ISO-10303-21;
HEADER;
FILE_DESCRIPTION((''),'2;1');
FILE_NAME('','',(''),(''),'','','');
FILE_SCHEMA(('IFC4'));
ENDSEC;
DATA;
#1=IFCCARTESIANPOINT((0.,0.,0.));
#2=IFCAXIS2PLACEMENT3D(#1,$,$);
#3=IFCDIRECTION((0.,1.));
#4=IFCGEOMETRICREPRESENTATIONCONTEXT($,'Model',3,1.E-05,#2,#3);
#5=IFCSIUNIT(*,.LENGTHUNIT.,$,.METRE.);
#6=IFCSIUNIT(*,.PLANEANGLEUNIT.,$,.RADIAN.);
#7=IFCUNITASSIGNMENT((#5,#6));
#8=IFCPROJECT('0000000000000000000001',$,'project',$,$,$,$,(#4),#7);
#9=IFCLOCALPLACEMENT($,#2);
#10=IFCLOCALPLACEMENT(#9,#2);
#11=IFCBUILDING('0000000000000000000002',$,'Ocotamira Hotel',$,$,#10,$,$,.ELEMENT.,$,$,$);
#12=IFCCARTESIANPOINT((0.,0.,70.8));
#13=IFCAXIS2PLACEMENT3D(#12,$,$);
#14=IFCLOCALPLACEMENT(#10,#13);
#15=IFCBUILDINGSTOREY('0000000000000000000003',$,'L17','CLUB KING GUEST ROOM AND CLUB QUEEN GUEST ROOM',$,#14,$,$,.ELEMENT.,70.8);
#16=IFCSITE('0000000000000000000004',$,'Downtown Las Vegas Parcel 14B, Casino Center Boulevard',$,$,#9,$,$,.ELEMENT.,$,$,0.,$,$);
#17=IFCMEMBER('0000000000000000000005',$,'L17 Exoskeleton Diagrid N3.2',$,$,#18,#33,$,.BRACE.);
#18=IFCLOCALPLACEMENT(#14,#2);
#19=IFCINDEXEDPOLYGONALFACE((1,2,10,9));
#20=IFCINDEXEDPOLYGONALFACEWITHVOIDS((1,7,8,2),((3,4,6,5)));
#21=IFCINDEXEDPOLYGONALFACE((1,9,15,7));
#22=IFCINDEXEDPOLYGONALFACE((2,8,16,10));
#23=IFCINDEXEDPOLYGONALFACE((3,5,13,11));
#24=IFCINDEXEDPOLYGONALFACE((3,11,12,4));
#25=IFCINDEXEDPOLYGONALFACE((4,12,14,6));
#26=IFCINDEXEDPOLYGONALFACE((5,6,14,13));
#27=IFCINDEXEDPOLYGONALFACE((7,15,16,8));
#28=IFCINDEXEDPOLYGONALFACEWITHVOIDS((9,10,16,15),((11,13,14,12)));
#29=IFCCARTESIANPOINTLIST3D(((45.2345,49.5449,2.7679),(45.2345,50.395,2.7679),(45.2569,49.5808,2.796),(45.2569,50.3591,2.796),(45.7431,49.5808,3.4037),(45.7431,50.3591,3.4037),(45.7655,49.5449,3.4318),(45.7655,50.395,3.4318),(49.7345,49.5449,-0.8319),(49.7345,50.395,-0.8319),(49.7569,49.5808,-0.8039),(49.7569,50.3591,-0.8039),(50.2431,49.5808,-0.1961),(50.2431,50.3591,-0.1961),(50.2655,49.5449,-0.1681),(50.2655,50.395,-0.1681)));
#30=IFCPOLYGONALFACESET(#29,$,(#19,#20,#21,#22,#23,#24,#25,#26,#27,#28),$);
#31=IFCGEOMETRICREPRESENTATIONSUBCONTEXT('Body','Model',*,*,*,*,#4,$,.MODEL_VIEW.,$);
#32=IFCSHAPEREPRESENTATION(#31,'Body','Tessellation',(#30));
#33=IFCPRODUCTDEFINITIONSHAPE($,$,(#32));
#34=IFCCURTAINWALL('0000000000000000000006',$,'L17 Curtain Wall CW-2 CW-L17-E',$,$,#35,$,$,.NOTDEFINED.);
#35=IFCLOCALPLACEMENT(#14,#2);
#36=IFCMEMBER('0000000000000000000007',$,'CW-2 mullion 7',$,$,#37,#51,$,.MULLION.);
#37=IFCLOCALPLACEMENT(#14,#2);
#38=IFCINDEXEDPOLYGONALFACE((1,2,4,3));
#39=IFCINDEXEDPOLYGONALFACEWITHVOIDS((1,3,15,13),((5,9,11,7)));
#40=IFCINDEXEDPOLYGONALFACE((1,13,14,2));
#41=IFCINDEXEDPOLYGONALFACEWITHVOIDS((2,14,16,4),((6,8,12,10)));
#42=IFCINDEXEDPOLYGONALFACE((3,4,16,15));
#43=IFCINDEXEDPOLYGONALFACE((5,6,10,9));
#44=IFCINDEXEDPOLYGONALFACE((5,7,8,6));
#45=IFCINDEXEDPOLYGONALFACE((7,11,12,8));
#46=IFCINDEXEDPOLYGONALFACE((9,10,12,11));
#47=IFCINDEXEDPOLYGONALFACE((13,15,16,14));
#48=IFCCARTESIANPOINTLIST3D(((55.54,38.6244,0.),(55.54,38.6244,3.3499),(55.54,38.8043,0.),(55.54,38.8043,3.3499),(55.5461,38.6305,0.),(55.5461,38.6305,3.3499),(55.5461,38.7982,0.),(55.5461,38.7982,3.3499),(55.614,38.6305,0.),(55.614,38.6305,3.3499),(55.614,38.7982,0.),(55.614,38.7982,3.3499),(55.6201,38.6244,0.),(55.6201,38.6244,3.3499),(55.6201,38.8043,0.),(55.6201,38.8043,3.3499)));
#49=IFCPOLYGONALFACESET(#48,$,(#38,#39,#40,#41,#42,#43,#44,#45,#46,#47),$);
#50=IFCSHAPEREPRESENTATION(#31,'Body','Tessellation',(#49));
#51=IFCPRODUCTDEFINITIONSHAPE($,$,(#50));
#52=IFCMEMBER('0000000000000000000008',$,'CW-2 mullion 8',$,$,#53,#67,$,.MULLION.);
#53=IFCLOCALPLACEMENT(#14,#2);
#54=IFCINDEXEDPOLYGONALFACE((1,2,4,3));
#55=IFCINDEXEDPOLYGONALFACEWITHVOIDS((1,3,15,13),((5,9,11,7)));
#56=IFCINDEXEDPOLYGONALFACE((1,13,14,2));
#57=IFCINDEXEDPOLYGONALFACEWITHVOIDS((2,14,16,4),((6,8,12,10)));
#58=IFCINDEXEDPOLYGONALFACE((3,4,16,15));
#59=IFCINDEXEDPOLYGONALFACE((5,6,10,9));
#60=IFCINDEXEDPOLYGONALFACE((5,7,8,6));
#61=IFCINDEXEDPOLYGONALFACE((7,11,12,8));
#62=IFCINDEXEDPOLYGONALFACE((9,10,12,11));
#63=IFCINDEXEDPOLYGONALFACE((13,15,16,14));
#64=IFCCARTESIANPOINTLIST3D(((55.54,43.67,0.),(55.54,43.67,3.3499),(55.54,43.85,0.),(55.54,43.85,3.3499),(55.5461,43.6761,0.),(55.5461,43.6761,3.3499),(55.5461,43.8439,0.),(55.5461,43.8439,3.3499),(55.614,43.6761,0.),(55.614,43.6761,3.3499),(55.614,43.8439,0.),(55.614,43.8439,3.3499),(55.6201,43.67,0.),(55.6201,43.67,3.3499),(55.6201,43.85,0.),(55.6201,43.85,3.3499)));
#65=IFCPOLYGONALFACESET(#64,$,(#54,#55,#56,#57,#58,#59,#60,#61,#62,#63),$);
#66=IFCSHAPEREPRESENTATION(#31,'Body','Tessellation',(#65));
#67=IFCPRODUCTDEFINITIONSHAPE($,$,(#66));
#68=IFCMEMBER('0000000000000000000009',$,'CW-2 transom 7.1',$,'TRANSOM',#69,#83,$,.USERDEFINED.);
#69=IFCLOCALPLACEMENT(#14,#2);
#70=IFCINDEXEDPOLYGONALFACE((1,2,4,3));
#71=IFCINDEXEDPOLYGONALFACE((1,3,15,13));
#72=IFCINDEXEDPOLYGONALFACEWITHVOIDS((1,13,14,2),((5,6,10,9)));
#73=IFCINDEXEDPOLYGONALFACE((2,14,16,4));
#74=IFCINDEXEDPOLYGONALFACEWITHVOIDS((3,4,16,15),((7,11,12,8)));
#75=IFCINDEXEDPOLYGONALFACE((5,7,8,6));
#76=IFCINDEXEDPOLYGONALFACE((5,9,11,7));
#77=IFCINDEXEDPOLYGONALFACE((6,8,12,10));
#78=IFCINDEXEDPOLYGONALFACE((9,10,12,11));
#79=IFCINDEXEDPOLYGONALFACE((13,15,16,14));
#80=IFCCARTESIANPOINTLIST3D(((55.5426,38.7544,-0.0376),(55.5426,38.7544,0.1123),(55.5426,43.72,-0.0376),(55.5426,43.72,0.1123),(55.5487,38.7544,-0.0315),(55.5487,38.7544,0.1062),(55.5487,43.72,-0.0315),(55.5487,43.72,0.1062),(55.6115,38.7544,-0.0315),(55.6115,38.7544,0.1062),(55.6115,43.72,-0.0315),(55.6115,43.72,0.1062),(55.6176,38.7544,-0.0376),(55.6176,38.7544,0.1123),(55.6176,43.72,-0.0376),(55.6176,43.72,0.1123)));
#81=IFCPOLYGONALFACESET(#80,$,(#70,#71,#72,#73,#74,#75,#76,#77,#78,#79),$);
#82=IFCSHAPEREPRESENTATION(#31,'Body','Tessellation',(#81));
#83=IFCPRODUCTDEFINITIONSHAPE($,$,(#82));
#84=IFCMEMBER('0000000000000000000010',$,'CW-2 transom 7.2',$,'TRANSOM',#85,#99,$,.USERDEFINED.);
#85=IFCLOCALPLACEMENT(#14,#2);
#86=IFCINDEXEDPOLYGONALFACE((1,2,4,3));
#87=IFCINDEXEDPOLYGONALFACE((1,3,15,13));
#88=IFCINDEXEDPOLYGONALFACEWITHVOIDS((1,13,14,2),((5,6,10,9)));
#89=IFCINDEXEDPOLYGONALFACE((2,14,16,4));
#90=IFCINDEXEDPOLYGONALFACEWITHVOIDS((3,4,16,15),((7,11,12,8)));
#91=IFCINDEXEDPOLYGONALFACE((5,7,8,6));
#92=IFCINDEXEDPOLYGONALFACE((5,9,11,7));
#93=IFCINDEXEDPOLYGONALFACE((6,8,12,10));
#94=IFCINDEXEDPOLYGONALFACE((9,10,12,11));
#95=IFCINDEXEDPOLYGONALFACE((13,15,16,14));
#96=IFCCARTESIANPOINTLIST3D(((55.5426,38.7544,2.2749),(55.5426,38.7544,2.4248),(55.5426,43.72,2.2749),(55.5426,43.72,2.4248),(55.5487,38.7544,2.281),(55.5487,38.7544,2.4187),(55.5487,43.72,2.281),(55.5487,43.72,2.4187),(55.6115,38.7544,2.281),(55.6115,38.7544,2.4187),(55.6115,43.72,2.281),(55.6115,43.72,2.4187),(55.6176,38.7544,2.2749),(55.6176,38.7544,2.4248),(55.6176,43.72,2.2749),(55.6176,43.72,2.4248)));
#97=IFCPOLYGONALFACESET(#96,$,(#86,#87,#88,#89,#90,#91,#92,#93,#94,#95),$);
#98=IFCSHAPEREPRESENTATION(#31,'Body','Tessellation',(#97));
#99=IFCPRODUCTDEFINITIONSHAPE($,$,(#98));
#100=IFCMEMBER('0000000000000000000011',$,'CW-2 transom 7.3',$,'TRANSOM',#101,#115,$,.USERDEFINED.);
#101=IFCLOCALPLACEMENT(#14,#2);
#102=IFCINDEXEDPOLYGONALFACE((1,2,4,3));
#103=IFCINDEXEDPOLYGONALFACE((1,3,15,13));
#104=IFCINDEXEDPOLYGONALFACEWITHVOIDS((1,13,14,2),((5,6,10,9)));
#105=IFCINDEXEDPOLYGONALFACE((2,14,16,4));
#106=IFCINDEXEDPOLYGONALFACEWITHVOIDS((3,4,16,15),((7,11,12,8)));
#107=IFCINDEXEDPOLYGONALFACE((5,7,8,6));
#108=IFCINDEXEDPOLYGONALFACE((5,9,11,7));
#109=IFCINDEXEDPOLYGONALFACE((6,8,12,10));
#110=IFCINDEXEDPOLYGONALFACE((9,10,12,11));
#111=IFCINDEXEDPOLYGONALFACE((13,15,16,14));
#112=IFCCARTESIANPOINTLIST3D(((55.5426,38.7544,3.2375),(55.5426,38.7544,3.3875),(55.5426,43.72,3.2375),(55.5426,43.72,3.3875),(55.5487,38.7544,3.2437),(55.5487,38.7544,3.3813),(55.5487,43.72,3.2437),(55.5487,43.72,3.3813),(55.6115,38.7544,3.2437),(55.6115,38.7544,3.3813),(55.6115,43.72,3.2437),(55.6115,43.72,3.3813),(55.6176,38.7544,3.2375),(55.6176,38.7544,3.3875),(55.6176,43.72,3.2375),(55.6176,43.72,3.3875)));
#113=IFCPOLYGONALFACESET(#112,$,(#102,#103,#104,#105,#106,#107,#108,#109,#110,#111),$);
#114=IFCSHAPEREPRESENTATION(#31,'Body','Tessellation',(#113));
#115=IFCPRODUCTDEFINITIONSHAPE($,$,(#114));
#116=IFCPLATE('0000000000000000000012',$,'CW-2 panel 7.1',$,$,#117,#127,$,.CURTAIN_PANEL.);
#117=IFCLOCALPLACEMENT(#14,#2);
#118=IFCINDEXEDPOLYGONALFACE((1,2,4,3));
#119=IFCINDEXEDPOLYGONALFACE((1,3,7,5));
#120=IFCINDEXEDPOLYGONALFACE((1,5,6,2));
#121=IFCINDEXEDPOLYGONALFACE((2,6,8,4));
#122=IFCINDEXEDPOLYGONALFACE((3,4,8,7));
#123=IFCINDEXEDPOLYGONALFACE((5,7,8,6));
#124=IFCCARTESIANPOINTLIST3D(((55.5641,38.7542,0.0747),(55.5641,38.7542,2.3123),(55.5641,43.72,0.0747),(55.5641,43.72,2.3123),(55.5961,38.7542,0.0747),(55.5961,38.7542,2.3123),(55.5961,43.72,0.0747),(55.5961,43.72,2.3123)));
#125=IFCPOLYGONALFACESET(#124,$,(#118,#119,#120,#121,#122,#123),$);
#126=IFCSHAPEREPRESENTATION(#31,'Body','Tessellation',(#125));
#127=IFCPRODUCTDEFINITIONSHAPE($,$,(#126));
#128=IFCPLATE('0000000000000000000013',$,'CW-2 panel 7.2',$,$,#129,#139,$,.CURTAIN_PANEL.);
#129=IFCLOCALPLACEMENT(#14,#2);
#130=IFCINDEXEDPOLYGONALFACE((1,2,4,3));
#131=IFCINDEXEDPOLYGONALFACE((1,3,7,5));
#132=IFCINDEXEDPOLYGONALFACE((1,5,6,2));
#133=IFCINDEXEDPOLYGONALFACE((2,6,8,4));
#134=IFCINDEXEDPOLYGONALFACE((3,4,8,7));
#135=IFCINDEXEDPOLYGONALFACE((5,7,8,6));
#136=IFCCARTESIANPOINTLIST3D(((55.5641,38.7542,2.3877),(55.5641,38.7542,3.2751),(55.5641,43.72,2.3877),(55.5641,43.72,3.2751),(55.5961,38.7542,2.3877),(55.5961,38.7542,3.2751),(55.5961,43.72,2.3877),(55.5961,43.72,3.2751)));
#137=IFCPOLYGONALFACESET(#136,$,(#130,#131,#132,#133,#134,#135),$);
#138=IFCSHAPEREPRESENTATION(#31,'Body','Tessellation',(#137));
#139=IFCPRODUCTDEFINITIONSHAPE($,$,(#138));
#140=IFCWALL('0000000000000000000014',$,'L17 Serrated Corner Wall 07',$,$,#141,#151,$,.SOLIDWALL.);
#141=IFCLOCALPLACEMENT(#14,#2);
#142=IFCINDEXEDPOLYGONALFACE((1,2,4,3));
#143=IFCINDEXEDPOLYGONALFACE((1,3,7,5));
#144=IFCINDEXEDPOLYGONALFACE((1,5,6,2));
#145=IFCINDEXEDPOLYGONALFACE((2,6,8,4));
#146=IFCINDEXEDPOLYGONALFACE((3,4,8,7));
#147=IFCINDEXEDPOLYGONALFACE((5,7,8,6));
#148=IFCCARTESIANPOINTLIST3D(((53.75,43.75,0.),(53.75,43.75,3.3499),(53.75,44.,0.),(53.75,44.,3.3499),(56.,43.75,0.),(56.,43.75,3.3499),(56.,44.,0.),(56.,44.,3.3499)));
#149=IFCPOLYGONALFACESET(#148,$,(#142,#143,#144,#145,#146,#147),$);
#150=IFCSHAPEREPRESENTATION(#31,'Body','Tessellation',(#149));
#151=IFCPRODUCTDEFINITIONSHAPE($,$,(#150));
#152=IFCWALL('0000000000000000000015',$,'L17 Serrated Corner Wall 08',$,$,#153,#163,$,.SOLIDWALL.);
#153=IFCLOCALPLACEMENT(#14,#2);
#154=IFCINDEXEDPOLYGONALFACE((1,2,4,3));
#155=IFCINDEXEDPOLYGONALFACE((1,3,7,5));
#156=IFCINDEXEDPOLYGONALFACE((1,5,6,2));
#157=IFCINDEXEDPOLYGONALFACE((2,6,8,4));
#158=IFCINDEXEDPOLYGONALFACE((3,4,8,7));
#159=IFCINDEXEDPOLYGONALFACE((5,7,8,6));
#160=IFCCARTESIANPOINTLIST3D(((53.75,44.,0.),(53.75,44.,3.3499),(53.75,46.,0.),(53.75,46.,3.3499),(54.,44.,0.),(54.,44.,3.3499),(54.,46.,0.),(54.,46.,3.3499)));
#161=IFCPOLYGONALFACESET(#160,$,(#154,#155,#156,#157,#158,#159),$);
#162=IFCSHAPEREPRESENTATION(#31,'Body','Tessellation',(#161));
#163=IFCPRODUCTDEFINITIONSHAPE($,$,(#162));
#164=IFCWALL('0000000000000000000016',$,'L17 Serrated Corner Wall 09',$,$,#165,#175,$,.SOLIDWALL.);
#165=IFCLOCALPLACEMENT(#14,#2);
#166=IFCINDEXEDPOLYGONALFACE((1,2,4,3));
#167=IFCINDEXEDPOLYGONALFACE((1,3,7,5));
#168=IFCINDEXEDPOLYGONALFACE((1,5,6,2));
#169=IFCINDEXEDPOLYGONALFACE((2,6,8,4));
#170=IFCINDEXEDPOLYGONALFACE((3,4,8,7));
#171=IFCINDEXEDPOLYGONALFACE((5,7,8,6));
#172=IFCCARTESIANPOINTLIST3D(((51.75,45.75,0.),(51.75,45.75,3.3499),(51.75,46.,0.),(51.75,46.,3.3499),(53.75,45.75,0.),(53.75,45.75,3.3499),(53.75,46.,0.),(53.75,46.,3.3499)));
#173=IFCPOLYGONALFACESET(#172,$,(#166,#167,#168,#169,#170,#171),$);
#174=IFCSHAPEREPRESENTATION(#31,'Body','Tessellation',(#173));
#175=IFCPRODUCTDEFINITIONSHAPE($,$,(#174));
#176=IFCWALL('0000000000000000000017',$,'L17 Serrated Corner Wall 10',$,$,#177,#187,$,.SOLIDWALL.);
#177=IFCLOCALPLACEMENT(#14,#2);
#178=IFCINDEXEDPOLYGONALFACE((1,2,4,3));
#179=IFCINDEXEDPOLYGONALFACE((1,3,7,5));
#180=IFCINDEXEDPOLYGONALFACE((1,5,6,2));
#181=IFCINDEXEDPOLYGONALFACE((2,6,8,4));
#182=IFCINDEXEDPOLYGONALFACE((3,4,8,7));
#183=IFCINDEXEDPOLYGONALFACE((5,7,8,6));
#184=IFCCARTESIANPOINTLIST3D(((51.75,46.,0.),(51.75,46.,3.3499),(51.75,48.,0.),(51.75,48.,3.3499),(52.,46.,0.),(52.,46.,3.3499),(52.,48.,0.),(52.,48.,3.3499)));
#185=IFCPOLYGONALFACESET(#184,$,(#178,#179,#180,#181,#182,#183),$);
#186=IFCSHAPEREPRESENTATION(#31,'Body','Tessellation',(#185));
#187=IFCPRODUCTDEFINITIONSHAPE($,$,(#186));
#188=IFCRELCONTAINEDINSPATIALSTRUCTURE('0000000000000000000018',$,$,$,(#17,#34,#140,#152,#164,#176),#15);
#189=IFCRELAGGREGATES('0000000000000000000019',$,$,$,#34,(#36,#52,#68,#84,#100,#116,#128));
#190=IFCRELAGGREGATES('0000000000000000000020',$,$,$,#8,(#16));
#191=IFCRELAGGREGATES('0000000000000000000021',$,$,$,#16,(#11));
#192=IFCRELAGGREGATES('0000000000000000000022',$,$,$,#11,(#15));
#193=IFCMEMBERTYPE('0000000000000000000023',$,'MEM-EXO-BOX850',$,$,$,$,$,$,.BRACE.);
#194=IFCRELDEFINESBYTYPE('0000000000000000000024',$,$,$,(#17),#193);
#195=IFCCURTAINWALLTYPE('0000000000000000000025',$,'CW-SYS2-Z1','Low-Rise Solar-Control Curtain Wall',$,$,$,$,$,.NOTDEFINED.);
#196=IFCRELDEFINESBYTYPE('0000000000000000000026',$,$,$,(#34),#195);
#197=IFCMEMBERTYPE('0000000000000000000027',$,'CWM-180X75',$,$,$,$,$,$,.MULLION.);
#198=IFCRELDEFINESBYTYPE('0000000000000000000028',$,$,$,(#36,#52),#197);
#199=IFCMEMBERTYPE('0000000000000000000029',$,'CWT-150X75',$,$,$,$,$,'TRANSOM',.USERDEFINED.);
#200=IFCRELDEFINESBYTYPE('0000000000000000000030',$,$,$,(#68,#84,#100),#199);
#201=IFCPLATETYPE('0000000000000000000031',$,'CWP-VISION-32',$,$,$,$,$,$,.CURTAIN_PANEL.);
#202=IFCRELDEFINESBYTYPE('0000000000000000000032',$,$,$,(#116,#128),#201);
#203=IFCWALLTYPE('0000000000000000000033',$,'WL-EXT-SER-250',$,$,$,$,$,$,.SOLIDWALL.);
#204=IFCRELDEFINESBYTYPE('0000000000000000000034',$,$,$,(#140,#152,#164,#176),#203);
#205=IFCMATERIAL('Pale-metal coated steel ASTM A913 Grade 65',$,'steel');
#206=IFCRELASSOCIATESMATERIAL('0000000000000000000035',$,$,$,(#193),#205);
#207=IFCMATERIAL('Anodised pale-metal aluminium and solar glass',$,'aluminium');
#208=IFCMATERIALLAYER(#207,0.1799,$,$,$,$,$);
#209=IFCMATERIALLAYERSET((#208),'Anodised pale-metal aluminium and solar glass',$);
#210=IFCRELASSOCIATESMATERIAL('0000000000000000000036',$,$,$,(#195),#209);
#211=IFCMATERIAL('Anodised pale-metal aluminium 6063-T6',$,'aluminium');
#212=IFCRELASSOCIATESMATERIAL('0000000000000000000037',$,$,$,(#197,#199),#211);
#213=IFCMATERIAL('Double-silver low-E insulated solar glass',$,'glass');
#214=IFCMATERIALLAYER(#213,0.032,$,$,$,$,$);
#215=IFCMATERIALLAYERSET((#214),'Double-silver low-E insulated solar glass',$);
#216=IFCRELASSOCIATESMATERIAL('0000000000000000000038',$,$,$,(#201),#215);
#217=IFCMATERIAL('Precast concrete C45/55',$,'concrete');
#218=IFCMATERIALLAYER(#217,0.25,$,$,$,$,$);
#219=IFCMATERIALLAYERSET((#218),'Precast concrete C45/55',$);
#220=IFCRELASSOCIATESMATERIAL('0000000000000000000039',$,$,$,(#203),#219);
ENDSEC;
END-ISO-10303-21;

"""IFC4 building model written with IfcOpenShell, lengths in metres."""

from ifc_helpers import new_model, si_unit, direction, frame, frame_2d, origin, origin_2d, place, context, subcontext, project, spatial, rectangle, hollow_rectangle, extrude, source, transform, mapped, material, layer, layer_set, material_profile, profile_set, type_object, element, aggregate, save


model = new_model("IFC4")

# Units and contexts
model_context = context("Model", 3, precision=1e-05, world=origin(), true_north=direction((0.0, 1.0)))
body_context = subcontext(model_context, "Body", "Model", "MODEL_VIEW")
ifc_project = project(units=[si_unit("LENGTHUNIT", "METRE"), si_unit("PLANEANGLEUNIT", "RADIAN")], contexts=[model_context])

# Site, building, storey
site_placement = place(None, origin())
site = spatial("IfcSite", under=ifc_project, at=site_placement, Name="Downtown Las Vegas Parcel 14B, Casino Center Boulevard", CompositionType="ELEMENT", RefElevation=0.0)
building_placement = place(site_placement, origin())
building = spatial("IfcBuilding", under=site, at=building_placement, Name="Ocotamira Hotel", CompositionType="ELEMENT")
storey_placement = place(building_placement, frame((0.0, 0.0, 70.8)))
storey = spatial("IfcBuildingStorey", under=building, at=storey_placement, Name="L17", Description="CLUB KING GUEST ROOM AND CLUB QUEEN GUEST ROOM", CompositionType="ELEMENT", Elevation=70.8)

# Member
ifc_material_1 = material(Name="Pale-metal coated steel ASTM A913 Grade 65", Category="steel")
ifc_material_profile_1 = material_profile(ifc_material_1, hollow_rectangle(XDim=0.8501, YDim=0.8501, WallThickness=0.0359, at=origin_2d()), Name="BOX850X850X36")
ifc_profile_set_1 = profile_set([ifc_material_profile_1], Name="Pale-metal coated steel ASTM A913 Grade 65")
member_type_1 = type_object("IfcMemberType", Name="MEM-EXO-BOX850", PredefinedType="BRACE", material=ifc_profile_set_1)
shared_shape_1 = source(origin(), body_context, "Body", "SweptSolid", [
    extrude(hollow_rectangle(XDim=0.8501, YDim=0.8501, WallThickness=0.0359, at=origin_2d()), origin(), (0.0, 0.0, 1.0), 5.7627),
])
member_1_placement = place(storey_placement, frame((50.0, 49.97, -0.5), z_axis=(-0.780881, 0.0, 0.62468), x_axis=(0.0, -1.0, 0.0)))
element("IfcMember", 1, at=member_1_placement, inside=storey, type_object=member_type_1, Name="L17 Exoskeleton Diagrid N3.2", PredefinedType="BRACE", context=body_context, shape_type="MappedRepresentation", body=[
    mapped(shared_shape_1, transform((0.0, 0.0, 0.0), scale=1.0)),
])

# Curtain wall, members, plates
ifc_material_2 = material(Name="Anodised pale-metal aluminium and solar glass", Category="aluminium")
ifc_layer_1 = layer(ifc_material_2, 0.1799)
ifc_layer_set_1 = layer_set([ifc_layer_1], Name="Anodised pale-metal aluminium and solar glass")
curtain_wall_type = type_object("IfcCurtainWallType", Name="CW-SYS2-Z1", Description="Low-Rise Solar-Control Curtain Wall", PredefinedType="NOTDEFINED", material=ifc_layer_set_1)
curtain_wall_placement = place(storey_placement, origin())
curtain_wall = element("IfcCurtainWall", 2, at=curtain_wall_placement, inside=storey, type_object=curtain_wall_type, Name="L17 Curtain Wall CW-2 CW-L17-E", PredefinedType="NOTDEFINED")
ifc_material_3 = material(Name="Anodised pale-metal aluminium 6063-T6", Category="aluminium")
ifc_material_profile_2 = material_profile(ifc_material_3, hollow_rectangle(XDim=0.0801, YDim=0.1799, WallThickness=0.0061, at=origin_2d()), Name="HSS180X80X6")
ifc_profile_set_2 = profile_set([ifc_material_profile_2], Name="Anodised pale-metal aluminium 6063-T6")
member_type_2 = type_object("IfcMemberType", Name="CWM-180X75", PredefinedType="MULLION", material=ifc_profile_set_2)
shared_shape_2 = source(origin(), body_context, "Body", "SweptSolid", [
    extrude(hollow_rectangle(XDim=0.0801, YDim=0.1799, WallThickness=0.0061, at=origin_2d()), origin(), (0.0, 0.0, 1.0), 3.3499),
])
member_2_placement = place(storey_placement, frame((55.5801, 38.7144, 0.0), z_axis=(0.0, 0.0, 1.0), x_axis=(-1.0, 0.0, 0.0)))
member_2 = element("IfcMember", 3, at=member_2_placement, type_object=member_type_2, Name="CW-2 mullion 7", PredefinedType="MULLION", context=body_context, shape_type="MappedRepresentation", body=[
    mapped(shared_shape_2, transform((0.0, 0.0, 0.0), scale=1.0)),
])
member_3_placement = place(storey_placement, frame((55.5801, 43.76, 0.0), z_axis=(0.0, 0.0, 1.0), x_axis=(-1.0, 0.0, 0.0)))
member_3 = element("IfcMember", 4, at=member_3_placement, type_object=member_type_2, Name="CW-2 mullion 8", PredefinedType="MULLION", context=body_context, shape_type="MappedRepresentation", body=[
    mapped(shared_shape_2, transform((0.0, 0.0, 0.0), scale=1.0)),
])
ifc_material_profile_3 = material_profile(ifc_material_3, hollow_rectangle(XDim=0.075, YDim=0.1499, WallThickness=0.0061, at=origin_2d()), Name="HSS150X75X6")
ifc_profile_set_3 = profile_set([ifc_material_profile_3], Name="Anodised pale-metal aluminium 6063-T6")
member_type_3 = type_object("IfcMemberType", Name="CWT-150X75", ElementType="TRANSOM", PredefinedType="USERDEFINED", material=ifc_profile_set_3)
shared_shape_3 = source(origin(), body_context, "Body", "SweptSolid", [
    extrude(hollow_rectangle(XDim=0.075, YDim=0.1499, WallThickness=0.0061, at=origin_2d()), origin(), (0.0, 0.0, 1.0), 4.9656),
])
member_4_placement = place(storey_placement, frame((55.5801, 38.7544, 0.0374), z_axis=(0.0, 1.0, 0.0), x_axis=(-1.0, 0.0, 0.0)))
member_4 = element("IfcMember", 5, at=member_4_placement, type_object=member_type_3, Name="CW-2 transom 7.1", ObjectType="TRANSOM", PredefinedType="USERDEFINED", context=body_context, shape_type="MappedRepresentation", body=[
    mapped(shared_shape_3, transform((0.0, 0.0, 0.0), scale=1.0)),
])
member_5_placement = place(storey_placement, frame((55.5801, 38.7544, 2.3499), z_axis=(0.0, 1.0, 0.0), x_axis=(-1.0, 0.0, 0.0)))
member_5 = element("IfcMember", 6, at=member_5_placement, type_object=member_type_3, Name="CW-2 transom 7.2", ObjectType="TRANSOM", PredefinedType="USERDEFINED", context=body_context, shape_type="MappedRepresentation", body=[
    mapped(shared_shape_3, transform((0.0, 0.0, 0.0), scale=1.0)),
])
member_6_placement = place(storey_placement, frame((55.5801, 38.7544, 3.3125), z_axis=(0.0, 1.0, 0.0), x_axis=(-1.0, 0.0, 0.0)))
member_6 = element("IfcMember", 7, at=member_6_placement, type_object=member_type_3, Name="CW-2 transom 7.3", ObjectType="TRANSOM", PredefinedType="USERDEFINED", context=body_context, shape_type="MappedRepresentation", body=[
    mapped(shared_shape_3, transform((0.0, 0.0, 0.0), scale=1.0)),
])
ifc_material_4 = material(Name="Double-silver low-E insulated solar glass", Category="glass")
ifc_layer_2 = layer(ifc_material_4, 0.032)
ifc_layer_set_2 = layer_set([ifc_layer_2], Name="Double-silver low-E insulated solar glass")
plate_type = type_object("IfcPlateType", Name="CWP-VISION-32", PredefinedType="CURTAIN_PANEL", material=ifc_layer_set_2)
shared_shape_4 = source(origin(), body_context, "Body", "SweptSolid", [
    extrude(rectangle(XDim=4.9658, YDim=0.032, at=origin_2d()), origin(), (0.0, 0.0, 1.0), 2.2375),
])
plate_1_placement = place(storey_placement, frame((55.5801, 41.2371, 0.0747), z_axis=(0.0, 0.0, 1.0), x_axis=(0.0, 1.0, 0.0)))
plate_1 = element("IfcPlate", 8, at=plate_1_placement, type_object=plate_type, Name="CW-2 panel 7.1", PredefinedType="CURTAIN_PANEL", context=body_context, shape_type="MappedRepresentation", body=[
    mapped(shared_shape_4, transform((0.0, 0.0, 0.0), scale=1.0)),
])
shared_shape_5 = source(origin(), body_context, "Body", "SweptSolid", [
    extrude(rectangle(XDim=4.9658, YDim=0.032, at=origin_2d()), origin(), (0.0, 0.0, 1.0), 0.8875),
])
plate_2_placement = place(storey_placement, frame((55.5801, 41.2371, 2.3877), z_axis=(0.0, 0.0, 1.0), x_axis=(0.0, 1.0, 0.0)))
plate_2 = element("IfcPlate", 9, at=plate_2_placement, type_object=plate_type, Name="CW-2 panel 7.2", PredefinedType="CURTAIN_PANEL", context=body_context, shape_type="MappedRepresentation", body=[
    mapped(shared_shape_5, transform((0.0, 0.0, 0.0), scale=1.0)),
])
aggregate(curtain_wall, [member_2, member_3, member_4, member_5, member_6, plate_1, plate_2])

# Walls
ifc_material_5 = material(Name="Precast concrete C45/55", Category="concrete")
ifc_layer_3 = layer(ifc_material_5, 0.25)
ifc_layer_set_3 = layer_set([ifc_layer_3], Name="Precast concrete C45/55")
wall_type_1 = type_object("IfcWallType", Name="WL-EXT-SER-250", PredefinedType="SOLIDWALL", material=ifc_layer_set_3)
wall_1_placement = place(storey_placement, frame((56.0, 43.875, 0.0), z_axis=(0.0, 0.0, 1.0), x_axis=(-1.0, 0.0, 0.0)))
element("IfcWall", 10, at=wall_1_placement, inside=storey, type_object=wall_type_1, Name="L17 Serrated Corner Wall 07", PredefinedType="SOLIDWALL", context=body_context, shape_type="SweptSolid", body=[
    extrude(rectangle(XDim=2.25, YDim=0.25, at=frame_2d((1.125, 0.0))), origin(), (0.0, 0.0, 1.0), 3.3499),
])
for number, where, z_axis, x_axis, name in (
    (11, (53.875, 44.0, 0.0), (0.0, 0.0, 1.0), (0.0, 1.0, 0.0), "L17 Serrated Corner Wall 08"),
    (12, (53.75, 45.875, 0.0), (0.0, 0.0, 1.0), (-1.0, 0.0, 0.0), "L17 Serrated Corner Wall 09"),
    (13, (51.875, 46.0, 0.0), (0.0, 0.0, 1.0), (0.0, 1.0, 0.0), "L17 Serrated Corner Wall 10"),
):
    element("IfcWall", number, at=place(storey_placement, frame(where, z_axis=z_axis, x_axis=x_axis)), inside=storey, type_object=wall_type_1, Name=name, PredefinedType="SOLIDWALL", context=body_context, shape_type="SweptSolid", body=[
        extrude(rectangle(XDim=2.0, YDim=0.25, at=frame_2d((1.0, 0.0))), origin(), (0.0, 0.0, 1.0), 3.3499),
    ])

save(model, "model.ifc")
